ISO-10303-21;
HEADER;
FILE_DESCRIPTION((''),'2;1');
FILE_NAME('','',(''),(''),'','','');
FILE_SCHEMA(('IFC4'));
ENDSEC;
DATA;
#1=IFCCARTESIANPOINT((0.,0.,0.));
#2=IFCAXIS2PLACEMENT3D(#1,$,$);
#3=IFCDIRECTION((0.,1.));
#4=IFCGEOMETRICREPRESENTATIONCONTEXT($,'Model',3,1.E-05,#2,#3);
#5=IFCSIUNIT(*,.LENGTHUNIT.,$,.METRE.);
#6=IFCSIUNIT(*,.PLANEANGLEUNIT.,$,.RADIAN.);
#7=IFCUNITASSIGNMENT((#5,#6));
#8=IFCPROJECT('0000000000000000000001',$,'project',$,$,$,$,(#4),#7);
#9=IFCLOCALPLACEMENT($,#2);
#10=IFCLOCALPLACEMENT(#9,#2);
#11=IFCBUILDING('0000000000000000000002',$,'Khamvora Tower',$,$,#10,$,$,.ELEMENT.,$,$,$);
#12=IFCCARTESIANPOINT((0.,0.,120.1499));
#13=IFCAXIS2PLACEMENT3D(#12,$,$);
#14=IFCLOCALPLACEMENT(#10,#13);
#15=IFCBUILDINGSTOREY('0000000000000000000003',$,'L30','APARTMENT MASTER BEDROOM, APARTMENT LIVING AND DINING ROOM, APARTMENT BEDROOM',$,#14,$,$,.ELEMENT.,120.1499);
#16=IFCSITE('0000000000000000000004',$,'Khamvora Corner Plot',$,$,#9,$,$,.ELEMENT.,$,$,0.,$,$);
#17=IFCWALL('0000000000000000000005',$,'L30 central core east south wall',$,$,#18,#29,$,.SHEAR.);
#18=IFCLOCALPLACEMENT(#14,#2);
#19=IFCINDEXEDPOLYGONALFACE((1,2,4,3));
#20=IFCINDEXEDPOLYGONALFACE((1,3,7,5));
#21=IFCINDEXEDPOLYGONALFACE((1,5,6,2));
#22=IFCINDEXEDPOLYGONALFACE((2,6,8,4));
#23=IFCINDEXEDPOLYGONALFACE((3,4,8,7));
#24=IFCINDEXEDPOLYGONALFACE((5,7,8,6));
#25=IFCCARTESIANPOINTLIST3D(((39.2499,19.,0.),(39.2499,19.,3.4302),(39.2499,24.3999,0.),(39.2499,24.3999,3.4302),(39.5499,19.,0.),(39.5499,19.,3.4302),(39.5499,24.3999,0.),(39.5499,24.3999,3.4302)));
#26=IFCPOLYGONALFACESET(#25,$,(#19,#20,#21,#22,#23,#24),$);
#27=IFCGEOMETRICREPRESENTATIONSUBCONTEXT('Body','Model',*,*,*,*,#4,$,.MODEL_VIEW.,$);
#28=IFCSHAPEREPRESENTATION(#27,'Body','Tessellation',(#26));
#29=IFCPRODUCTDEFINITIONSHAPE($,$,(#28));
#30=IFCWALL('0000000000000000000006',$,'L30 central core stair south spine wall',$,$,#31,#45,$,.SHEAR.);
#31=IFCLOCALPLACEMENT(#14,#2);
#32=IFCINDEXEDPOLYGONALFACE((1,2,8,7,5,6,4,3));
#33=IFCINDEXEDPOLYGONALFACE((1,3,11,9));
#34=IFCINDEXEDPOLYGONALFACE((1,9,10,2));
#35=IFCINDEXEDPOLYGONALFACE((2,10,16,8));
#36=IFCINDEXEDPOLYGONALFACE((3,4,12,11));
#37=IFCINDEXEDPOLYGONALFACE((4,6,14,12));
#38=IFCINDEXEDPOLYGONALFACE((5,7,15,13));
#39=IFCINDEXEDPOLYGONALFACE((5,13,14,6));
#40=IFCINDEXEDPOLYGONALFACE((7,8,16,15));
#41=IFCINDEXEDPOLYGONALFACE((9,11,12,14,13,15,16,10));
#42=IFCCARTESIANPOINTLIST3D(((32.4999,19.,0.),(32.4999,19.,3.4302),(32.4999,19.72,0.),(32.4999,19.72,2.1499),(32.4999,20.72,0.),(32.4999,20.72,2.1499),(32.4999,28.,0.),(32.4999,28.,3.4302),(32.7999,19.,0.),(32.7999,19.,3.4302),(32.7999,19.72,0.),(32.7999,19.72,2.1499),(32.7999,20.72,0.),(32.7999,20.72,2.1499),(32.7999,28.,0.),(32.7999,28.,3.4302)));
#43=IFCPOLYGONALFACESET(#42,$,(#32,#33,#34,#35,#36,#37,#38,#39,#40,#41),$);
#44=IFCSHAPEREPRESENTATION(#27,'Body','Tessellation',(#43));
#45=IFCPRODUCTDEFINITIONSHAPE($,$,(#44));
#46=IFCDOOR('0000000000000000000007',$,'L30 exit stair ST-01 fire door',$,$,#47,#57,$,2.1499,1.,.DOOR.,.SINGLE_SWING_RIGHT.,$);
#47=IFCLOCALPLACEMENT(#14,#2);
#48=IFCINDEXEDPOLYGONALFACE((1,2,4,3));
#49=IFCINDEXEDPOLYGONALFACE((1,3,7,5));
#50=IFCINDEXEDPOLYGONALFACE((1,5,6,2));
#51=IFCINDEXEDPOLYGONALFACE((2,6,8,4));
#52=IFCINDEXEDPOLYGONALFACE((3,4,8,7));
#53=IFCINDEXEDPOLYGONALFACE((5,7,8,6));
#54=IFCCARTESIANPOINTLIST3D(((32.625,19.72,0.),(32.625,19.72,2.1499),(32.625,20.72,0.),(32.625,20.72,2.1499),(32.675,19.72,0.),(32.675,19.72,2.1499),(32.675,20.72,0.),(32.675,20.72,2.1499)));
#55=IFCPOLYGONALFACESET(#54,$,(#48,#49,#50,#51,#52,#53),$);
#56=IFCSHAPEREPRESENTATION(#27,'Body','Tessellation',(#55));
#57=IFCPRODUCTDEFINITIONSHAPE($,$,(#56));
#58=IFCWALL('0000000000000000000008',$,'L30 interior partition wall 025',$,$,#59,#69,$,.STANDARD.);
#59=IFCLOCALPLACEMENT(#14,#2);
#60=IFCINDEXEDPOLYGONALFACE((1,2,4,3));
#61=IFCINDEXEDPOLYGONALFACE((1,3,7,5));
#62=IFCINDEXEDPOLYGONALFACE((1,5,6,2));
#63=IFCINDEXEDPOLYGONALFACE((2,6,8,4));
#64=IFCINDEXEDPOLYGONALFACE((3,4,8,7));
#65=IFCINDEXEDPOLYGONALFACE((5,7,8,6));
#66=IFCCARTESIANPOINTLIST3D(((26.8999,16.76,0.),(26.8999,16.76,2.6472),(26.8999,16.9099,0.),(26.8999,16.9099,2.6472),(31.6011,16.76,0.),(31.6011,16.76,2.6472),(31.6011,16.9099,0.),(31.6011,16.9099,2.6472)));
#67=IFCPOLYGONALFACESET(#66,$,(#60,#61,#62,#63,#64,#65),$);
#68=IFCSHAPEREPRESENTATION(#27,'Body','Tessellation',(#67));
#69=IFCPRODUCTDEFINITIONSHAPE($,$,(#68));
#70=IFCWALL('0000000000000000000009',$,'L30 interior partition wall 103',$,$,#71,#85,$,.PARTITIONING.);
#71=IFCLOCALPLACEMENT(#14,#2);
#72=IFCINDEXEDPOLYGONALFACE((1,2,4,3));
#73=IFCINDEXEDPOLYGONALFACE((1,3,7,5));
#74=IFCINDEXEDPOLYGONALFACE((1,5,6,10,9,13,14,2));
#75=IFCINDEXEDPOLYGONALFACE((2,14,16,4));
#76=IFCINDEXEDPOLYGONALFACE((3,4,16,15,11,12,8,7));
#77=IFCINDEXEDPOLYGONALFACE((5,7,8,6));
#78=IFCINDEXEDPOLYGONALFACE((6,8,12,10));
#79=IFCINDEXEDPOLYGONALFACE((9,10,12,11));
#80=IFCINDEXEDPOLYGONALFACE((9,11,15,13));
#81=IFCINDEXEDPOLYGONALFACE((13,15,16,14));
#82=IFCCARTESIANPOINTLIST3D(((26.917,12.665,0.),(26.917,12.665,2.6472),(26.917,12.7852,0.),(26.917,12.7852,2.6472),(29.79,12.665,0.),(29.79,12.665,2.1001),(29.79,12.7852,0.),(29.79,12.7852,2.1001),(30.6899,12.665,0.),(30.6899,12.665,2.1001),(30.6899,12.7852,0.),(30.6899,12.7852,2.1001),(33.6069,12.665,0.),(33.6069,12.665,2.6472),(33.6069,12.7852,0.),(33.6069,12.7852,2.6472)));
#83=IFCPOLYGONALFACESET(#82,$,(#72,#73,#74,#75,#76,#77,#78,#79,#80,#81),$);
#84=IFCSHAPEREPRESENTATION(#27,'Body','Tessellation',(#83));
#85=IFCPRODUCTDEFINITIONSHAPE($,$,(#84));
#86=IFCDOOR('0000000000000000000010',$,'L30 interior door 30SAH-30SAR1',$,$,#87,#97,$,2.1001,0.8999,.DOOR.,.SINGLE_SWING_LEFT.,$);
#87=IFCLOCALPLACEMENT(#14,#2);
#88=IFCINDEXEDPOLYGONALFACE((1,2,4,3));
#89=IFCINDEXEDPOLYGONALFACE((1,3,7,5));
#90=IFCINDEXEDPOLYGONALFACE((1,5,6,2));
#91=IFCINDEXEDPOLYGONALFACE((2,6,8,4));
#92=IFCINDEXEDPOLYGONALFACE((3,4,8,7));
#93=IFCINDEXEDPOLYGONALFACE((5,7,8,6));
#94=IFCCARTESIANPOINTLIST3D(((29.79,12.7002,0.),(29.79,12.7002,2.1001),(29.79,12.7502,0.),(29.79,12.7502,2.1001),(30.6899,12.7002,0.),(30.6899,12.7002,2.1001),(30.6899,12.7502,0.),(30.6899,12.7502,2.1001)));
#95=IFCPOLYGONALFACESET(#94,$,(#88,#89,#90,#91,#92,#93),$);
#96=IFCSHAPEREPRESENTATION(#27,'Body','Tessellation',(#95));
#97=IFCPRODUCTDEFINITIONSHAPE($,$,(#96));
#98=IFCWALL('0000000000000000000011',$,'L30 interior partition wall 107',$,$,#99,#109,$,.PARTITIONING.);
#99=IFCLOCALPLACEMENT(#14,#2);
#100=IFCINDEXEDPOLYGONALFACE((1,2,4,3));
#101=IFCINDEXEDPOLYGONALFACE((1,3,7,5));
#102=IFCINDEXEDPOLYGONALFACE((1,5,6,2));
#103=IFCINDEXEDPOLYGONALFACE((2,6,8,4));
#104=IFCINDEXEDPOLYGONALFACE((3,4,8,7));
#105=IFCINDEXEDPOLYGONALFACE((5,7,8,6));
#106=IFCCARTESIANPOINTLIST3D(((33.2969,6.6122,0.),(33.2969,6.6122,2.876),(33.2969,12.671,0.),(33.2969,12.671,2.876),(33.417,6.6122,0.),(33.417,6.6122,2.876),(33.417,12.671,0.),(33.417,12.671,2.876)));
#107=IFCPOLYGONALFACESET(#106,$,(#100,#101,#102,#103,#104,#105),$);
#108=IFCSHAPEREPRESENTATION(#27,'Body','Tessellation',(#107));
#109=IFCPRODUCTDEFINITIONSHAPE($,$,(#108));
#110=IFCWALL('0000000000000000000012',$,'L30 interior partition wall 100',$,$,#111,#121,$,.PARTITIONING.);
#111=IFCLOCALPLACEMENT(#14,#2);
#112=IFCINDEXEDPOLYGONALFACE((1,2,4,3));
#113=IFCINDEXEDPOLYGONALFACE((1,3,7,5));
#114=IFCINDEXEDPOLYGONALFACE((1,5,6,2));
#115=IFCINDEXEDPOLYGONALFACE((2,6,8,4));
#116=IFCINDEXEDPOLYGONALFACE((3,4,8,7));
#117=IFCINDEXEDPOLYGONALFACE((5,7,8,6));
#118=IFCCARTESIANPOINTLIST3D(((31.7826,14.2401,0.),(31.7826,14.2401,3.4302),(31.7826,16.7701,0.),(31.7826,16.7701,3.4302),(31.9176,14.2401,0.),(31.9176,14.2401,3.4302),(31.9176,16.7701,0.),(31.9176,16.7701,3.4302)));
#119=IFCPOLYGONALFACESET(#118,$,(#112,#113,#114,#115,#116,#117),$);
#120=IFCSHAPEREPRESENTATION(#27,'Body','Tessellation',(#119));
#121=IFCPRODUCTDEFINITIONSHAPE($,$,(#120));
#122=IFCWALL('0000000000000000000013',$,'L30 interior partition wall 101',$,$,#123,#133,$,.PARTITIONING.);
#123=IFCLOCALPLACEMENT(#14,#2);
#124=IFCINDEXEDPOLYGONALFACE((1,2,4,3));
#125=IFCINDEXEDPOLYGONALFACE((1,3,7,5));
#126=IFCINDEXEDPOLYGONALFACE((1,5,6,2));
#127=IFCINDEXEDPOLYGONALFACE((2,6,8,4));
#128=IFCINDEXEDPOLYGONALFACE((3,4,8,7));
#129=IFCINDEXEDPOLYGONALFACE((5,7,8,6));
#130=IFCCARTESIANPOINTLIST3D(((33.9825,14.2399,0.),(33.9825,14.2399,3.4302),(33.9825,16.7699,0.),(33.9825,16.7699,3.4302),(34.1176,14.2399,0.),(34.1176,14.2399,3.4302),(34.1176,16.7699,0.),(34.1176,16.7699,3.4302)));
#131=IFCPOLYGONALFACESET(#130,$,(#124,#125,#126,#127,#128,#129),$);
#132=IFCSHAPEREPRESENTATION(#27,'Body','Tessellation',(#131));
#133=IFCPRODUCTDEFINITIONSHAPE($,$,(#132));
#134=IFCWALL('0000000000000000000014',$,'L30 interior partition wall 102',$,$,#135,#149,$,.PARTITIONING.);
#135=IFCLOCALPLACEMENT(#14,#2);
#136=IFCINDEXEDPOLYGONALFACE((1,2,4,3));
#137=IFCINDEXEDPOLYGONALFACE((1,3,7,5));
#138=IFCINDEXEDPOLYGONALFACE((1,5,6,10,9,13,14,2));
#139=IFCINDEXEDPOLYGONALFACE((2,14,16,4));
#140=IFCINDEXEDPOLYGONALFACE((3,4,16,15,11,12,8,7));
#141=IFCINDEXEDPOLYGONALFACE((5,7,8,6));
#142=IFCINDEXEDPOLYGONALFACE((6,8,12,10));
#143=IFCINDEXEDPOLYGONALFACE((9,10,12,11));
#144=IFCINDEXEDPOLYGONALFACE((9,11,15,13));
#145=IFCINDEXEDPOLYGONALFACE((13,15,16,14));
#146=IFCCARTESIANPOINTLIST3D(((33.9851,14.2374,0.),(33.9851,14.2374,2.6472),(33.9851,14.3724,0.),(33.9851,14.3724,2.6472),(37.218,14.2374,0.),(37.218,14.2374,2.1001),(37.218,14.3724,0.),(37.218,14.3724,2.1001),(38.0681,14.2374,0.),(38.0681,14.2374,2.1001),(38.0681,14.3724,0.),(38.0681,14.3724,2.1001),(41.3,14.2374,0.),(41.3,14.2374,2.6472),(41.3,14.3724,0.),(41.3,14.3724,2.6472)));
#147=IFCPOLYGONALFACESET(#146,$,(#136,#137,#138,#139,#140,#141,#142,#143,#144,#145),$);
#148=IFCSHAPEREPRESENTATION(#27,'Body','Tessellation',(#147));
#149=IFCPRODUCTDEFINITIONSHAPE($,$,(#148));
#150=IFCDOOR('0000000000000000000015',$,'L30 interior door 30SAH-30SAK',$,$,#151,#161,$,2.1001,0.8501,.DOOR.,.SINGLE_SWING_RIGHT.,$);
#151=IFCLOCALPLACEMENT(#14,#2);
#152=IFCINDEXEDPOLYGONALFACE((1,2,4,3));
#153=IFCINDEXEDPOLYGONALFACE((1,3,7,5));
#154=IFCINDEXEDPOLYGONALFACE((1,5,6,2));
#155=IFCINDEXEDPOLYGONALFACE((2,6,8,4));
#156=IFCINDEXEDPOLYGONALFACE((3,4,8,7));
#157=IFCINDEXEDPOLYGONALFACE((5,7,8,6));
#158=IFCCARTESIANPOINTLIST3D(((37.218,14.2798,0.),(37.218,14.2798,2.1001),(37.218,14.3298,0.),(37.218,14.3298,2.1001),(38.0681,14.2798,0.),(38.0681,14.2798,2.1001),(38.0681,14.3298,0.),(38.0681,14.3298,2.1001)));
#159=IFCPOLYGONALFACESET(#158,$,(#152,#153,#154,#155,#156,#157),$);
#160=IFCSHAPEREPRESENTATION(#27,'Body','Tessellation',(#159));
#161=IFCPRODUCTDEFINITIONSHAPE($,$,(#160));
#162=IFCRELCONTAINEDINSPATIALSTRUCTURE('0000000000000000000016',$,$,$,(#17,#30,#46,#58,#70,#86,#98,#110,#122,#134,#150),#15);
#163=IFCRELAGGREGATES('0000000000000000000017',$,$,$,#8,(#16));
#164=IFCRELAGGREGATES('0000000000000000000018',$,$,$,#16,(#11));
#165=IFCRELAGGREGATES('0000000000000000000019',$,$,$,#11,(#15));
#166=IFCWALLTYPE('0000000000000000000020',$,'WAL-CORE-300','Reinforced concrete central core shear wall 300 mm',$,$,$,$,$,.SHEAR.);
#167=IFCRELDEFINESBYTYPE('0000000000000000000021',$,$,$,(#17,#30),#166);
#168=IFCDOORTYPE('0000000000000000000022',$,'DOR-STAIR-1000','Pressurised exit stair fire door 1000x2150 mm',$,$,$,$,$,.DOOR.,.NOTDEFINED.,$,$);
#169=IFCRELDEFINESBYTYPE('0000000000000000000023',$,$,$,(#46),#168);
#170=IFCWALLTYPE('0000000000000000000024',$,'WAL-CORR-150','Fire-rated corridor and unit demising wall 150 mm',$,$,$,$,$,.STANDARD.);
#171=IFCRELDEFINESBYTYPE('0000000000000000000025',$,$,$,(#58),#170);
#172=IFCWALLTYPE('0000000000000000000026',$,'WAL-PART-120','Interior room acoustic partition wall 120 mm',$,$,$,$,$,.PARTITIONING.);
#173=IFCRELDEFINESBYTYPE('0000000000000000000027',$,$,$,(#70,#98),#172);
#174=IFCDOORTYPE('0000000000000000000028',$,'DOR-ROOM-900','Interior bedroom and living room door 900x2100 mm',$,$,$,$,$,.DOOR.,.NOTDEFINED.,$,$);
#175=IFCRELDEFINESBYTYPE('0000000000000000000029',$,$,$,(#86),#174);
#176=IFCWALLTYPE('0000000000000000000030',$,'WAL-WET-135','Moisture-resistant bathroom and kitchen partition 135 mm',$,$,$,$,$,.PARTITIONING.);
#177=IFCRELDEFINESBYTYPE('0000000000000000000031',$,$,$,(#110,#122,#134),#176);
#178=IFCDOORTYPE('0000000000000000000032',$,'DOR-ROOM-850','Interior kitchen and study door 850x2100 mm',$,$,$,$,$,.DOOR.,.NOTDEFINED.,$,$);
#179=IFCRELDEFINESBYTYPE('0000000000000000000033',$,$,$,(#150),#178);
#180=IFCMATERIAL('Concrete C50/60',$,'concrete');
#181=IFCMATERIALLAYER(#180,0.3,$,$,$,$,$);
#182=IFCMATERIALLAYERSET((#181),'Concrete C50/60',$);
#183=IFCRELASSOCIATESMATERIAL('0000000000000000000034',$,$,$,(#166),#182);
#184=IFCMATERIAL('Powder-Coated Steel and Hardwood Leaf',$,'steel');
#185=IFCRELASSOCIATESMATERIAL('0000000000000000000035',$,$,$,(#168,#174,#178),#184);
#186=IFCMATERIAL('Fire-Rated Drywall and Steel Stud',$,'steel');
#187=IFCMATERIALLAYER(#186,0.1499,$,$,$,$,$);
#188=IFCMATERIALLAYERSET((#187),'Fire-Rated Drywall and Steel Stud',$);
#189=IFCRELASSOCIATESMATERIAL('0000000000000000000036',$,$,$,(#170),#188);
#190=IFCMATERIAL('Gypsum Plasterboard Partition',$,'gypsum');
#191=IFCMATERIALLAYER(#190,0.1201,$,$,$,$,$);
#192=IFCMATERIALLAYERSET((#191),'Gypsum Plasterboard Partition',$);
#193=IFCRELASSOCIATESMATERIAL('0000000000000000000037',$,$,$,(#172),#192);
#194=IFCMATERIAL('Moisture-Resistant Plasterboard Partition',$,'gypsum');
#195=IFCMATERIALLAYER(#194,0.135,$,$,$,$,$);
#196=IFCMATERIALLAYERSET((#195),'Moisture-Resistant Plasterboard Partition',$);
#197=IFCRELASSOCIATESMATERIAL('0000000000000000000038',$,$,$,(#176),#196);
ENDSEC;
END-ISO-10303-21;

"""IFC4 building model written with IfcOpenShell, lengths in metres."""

from ifc_helpers import new_model, si_unit, direction, frame, frame_2d, origin, place, context, subcontext, project, spatial, rectangle, extrude, material, layer, layer_set, type_object, element, fill, save


model = new_model("IFC4")

# Units and contexts
model_context = context("Model", 3, precision=1e-05, world=origin(), true_north=direction((0.0, 1.0)))
body_context = subcontext(model_context, "Body", "Model", "MODEL_VIEW")
ifc_project = project(units=[si_unit("LENGTHUNIT", "METRE"), si_unit("PLANEANGLEUNIT", "RADIAN")], contexts=[model_context])

# Site, building, storey
site_placement = place(None, origin())
site = spatial("IfcSite", under=ifc_project, at=site_placement, Name="Khamvora Corner Plot", CompositionType="ELEMENT", RefElevation=0.0)
building_placement = place(site_placement, origin())
building = spatial("IfcBuilding", under=site, at=building_placement, Name="Khamvora Tower", CompositionType="ELEMENT")
storey_placement = place(building_placement, frame((0.0, 0.0, 120.1499)))
storey = spatial("IfcBuildingStorey", under=building, at=storey_placement, Name="L30", Description="APARTMENT MASTER BEDROOM, APARTMENT LIVING AND DINING ROOM, APARTMENT BEDROOM", CompositionType="ELEMENT", Elevation=120.1499)

# Wall
ifc_material_1 = material(Name="Concrete C50/60", Category="concrete")
ifc_layer_1 = layer(ifc_material_1, 0.3)
ifc_layer_set_1 = layer_set([ifc_layer_1], Name="Concrete C50/60")
wall_type_1 = type_object("IfcWallType", Name="WAL-CORE-300", Description="Reinforced concrete central core shear wall 300 mm", PredefinedType="SHEAR", material=ifc_layer_set_1)
wall_1_placement = place(storey_placement, frame((39.3999, 19.0, 0.0), z_axis=(0.0, 0.0, 1.0), x_axis=(0.0, 1.0, 0.0)))
element("IfcWall", 1, at=wall_1_placement, inside=storey, type_object=wall_type_1, Name="L30 central core east south wall", PredefinedType="SHEAR", context=body_context, shape_type="SweptSolid", body=[
    extrude(rectangle(XDim=5.3999, YDim=0.3, at=frame_2d((2.7, 0.0))), origin(), (0.0, 0.0, 1.0), 3.4302),
])

# Wall, opening, door
wall_2_placement = place(storey_placement, frame((32.6499, 19.0, 0.0), z_axis=(0.0, 0.0, 1.0), x_axis=(0.0, 1.0, 0.0)))
wall_2 = element("IfcWall", 2, at=wall_2_placement, inside=storey, type_object=wall_type_1, Name="L30 central core stair south spine wall", PredefinedType="SHEAR", context=body_context, shape_type="SweptSolid", body=[
    extrude(rectangle(XDim=9.0, YDim=0.3, at=frame_2d((4.5, 0.0))), origin(), (0.0, 0.0, 1.0), 3.4302),
])
opening_1_placement = place(wall_2_placement, frame((0.72, 0.0, 0.0)))
opening_1 = element("IfcOpeningElement", 3, at=opening_1_placement, cuts=wall_2, PredefinedType="OPENING", context=body_context, shape_type="SweptSolid", body=[
    extrude(rectangle(XDim=1.0, YDim=2.1499, at=frame_2d((0.5, 1.075))), frame((0.0, 0.1599, 0.0), z_axis=(0.0, -1.0, 0.0), x_axis=(1.0, 0.0, 0.0)), (0.0, 0.0, 1.0), 0.3201),
])
ifc_material_2 = material(Name="Powder-Coated Steel and Hardwood Leaf", Category="steel")
door_type_1 = type_object("IfcDoorType", Name="DOR-STAIR-1000", Description="Pressurised exit stair fire door 1000x2150 mm", OperationType="NOTDEFINED", PredefinedType="DOOR", material=ifc_material_2)
door_1_placement = place(opening_1_placement, origin())
door_1 = element("IfcDoor", 4, at=door_1_placement, inside=storey, type_object=door_type_1, Name="L30 exit stair ST-01 fire door", OperationType="SINGLE_SWING_RIGHT", OverallHeight=2.1499, OverallWidth=1.0, PredefinedType="DOOR", context=body_context, shape_type="SweptSolid", body=[
    extrude(rectangle(XDim=1.0, YDim=2.1499, at=frame_2d((0.5, 1.075))), frame((0.0, 0.0249, 0.0), z_axis=(0.0, -1.0, 0.0), x_axis=(1.0, 0.0, 0.0)), (0.0, 0.0, 1.0), 0.05),
])
fill(opening_1, door_1)

# Shared definitions
ifc_material_3 = material(Name="Fire-Rated Drywall and Steel Stud", Category="steel")
ifc_layer_2 = layer(ifc_material_3, 0.1499)
ifc_layer_set_2 = layer_set([ifc_layer_2], Name="Fire-Rated Drywall and Steel Stud")
wall_type_2 = type_object("IfcWallType", Name="WAL-CORR-150", Description="Fire-rated corridor and unit demising wall 150 mm", PredefinedType="STANDARD", material=ifc_layer_set_2)

# Wall
wall_3_placement = place(storey_placement, frame((31.6011, 16.835, 0.0), z_axis=(0.0, 0.0, 1.0), x_axis=(-1.0, 0.0, 0.0)))
element("IfcWall", 5, at=wall_3_placement, inside=storey, type_object=wall_type_2, Name="L30 interior partition wall 025", PredefinedType="STANDARD", context=body_context, shape_type="SweptSolid", body=[
    extrude(rectangle(XDim=4.7012, YDim=0.1499, at=frame_2d((2.3506, 0.0))), origin(), (0.0, 0.0, 1.0), 2.6472),
])

# Wall, opening, door
ifc_material_4 = material(Name="Gypsum Plasterboard Partition", Category="gypsum")
ifc_layer_3 = layer(ifc_material_4, 0.1201)
ifc_layer_set_3 = layer_set([ifc_layer_3], Name="Gypsum Plasterboard Partition")
wall_type_3 = type_object("IfcWallType", Name="WAL-PART-120", Description="Interior room acoustic partition wall 120 mm", PredefinedType="PARTITIONING", material=ifc_layer_set_3)
wall_4_placement = place(storey_placement, frame((33.6069, 12.7251, 0.0), z_axis=(0.0, 0.0, 1.0), x_axis=(-1.0, 0.0, 0.0)))
wall_4 = element("IfcWall", 6, at=wall_4_placement, inside=storey, type_object=wall_type_3, Name="L30 interior partition wall 103", PredefinedType="PARTITIONING", context=body_context, shape_type="SweptSolid", body=[
    extrude(rectangle(XDim=6.6899, YDim=0.1201, at=frame_2d((3.345, 0.0))), origin(), (0.0, 0.0, 1.0), 2.6472),
])
opening_2_placement = place(wall_4_placement, frame((2.917, 0.0, 0.0)))
opening_2 = element("IfcOpeningElement", 7, at=opening_2_placement, cuts=wall_4, PredefinedType="OPENING", context=body_context, shape_type="SweptSolid", body=[
    extrude(rectangle(XDim=0.8999, YDim=2.1001, at=frame_2d((0.45, 1.05))), frame((0.0, 0.0701, 0.0), z_axis=(0.0, -1.0, 0.0), x_axis=(1.0, 0.0, 0.0)), (0.0, 0.0, 1.0), 0.1401),
])
door_type_2 = type_object("IfcDoorType", Name="DOR-ROOM-900", Description="Interior bedroom and living room door 900x2100 mm", OperationType="NOTDEFINED", PredefinedType="DOOR", material=ifc_material_2)
door_2_placement = place(opening_2_placement, origin())
door_2 = element("IfcDoor", 8, at=door_2_placement, inside=storey, type_object=door_type_2, Name="L30 interior door 30SAH-30SAR1", OperationType="SINGLE_SWING_LEFT", OverallHeight=2.1001, OverallWidth=0.8999, PredefinedType="DOOR", context=body_context, shape_type="SweptSolid", body=[
    extrude(rectangle(XDim=0.8999, YDim=2.1001, at=frame_2d((0.45, 1.05))), frame((0.0, 0.0249, 0.0), z_axis=(0.0, -1.0, 0.0), x_axis=(1.0, 0.0, 0.0)), (0.0, 0.0, 1.0), 0.05),
])
fill(opening_2, door_2)

# Walls
wall_5_placement = place(storey_placement, frame((33.3569, 12.6709, 0.0), z_axis=(0.0, 0.0, 1.0), x_axis=(0.0, -1.0, 0.0)))
element("IfcWall", 9, at=wall_5_placement, inside=storey, type_object=wall_type_3, Name="L30 interior partition wall 107", PredefinedType="PARTITIONING", context=body_context, shape_type="SweptSolid", body=[
    extrude(rectangle(XDim=6.0588, YDim=0.1201, at=frame_2d((3.0293, 0.0))), origin(), (0.0, 0.0, 1.0), 2.876),
])
ifc_material_5 = material(Name="Moisture-Resistant Plasterboard Partition", Category="gypsum")
ifc_layer_4 = layer(ifc_material_5, 0.135)
ifc_layer_set_4 = layer_set([ifc_layer_4], Name="Moisture-Resistant Plasterboard Partition")
wall_type_4 = type_object("IfcWallType", Name="WAL-WET-135", Description="Moisture-resistant bathroom and kitchen partition 135 mm", PredefinedType="PARTITIONING", material=ifc_layer_set_4)
for number, where, z_axis, x_axis, name in (
    (10, (31.8501, 14.24, 0.0), (0.0, 0.0, 1.0), (0.0, 1.0, 0.0), "L30 interior partition wall 100"),
    (11, (34.05, 16.77, 0.0), (0.0, 0.0, 1.0), (0.0, -1.0, 0.0), "L30 interior partition wall 101"),
):
    element("IfcWall", number, at=place(storey_placement, frame(where, z_axis=z_axis, x_axis=x_axis)), inside=storey, type_object=wall_type_4, Name=name, PredefinedType="PARTITIONING", context=body_context, shape_type="SweptSolid", body=[
        extrude(rectangle(XDim=2.53, YDim=0.135, at=frame_2d((1.2651, 0.0))), origin(), (0.0, 0.0, 1.0), 3.4302),
    ])

# Wall, opening, door
wall_6_placement = place(storey_placement, frame((33.9851, 14.3049, 0.0), z_axis=(0.0, 0.0, 1.0), x_axis=(1.0, 0.0, 0.0)))
wall_6 = element("IfcWall", 12, at=wall_6_placement, inside=storey, type_object=wall_type_4, Name="L30 interior partition wall 102", PredefinedType="PARTITIONING", context=body_context, shape_type="SweptSolid", body=[
    extrude(rectangle(XDim=7.3149, YDim=0.135, at=frame_2d((3.6575, 0.0))), origin(), (0.0, 0.0, 1.0), 2.6472),
])
opening_3_placement = place(wall_6_placement, frame((3.2329, 0.0, 0.0)))
opening_3 = element("IfcOpeningElement", 13, at=opening_3_placement, cuts=wall_6, PredefinedType="OPENING", context=body_context, shape_type="SweptSolid", body=[
    extrude(rectangle(XDim=0.8501, YDim=2.1001, at=frame_2d((0.425, 1.05))), frame((0.0, 0.0774, 0.0), z_axis=(0.0, -1.0, 0.0), x_axis=(1.0, 0.0, 0.0)), (0.0, 0.0, 1.0), 0.155),
])
door_type_3 = type_object("IfcDoorType", Name="DOR-ROOM-850", Description="Interior kitchen and study door 850x2100 mm", OperationType="NOTDEFINED", PredefinedType="DOOR", material=ifc_material_2)
door_3_placement = place(opening_3_placement, origin())
door_3 = element("IfcDoor", 14, at=door_3_placement, inside=storey, type_object=door_type_3, Name="L30 interior door 30SAH-30SAK", OperationType="SINGLE_SWING_RIGHT", OverallHeight=2.1001, OverallWidth=0.8501, PredefinedType="DOOR", context=body_context, shape_type="SweptSolid", body=[
    extrude(rectangle(XDim=0.8501, YDim=2.1001, at=frame_2d((0.425, 1.05))), frame((0.0, 0.0249, 0.0), z_axis=(0.0, -1.0, 0.0), x_axis=(1.0, 0.0, 0.0)), (0.0, 0.0, 1.0), 0.05),
])
fill(opening_3, door_3)

save(model, "model.ifc")
